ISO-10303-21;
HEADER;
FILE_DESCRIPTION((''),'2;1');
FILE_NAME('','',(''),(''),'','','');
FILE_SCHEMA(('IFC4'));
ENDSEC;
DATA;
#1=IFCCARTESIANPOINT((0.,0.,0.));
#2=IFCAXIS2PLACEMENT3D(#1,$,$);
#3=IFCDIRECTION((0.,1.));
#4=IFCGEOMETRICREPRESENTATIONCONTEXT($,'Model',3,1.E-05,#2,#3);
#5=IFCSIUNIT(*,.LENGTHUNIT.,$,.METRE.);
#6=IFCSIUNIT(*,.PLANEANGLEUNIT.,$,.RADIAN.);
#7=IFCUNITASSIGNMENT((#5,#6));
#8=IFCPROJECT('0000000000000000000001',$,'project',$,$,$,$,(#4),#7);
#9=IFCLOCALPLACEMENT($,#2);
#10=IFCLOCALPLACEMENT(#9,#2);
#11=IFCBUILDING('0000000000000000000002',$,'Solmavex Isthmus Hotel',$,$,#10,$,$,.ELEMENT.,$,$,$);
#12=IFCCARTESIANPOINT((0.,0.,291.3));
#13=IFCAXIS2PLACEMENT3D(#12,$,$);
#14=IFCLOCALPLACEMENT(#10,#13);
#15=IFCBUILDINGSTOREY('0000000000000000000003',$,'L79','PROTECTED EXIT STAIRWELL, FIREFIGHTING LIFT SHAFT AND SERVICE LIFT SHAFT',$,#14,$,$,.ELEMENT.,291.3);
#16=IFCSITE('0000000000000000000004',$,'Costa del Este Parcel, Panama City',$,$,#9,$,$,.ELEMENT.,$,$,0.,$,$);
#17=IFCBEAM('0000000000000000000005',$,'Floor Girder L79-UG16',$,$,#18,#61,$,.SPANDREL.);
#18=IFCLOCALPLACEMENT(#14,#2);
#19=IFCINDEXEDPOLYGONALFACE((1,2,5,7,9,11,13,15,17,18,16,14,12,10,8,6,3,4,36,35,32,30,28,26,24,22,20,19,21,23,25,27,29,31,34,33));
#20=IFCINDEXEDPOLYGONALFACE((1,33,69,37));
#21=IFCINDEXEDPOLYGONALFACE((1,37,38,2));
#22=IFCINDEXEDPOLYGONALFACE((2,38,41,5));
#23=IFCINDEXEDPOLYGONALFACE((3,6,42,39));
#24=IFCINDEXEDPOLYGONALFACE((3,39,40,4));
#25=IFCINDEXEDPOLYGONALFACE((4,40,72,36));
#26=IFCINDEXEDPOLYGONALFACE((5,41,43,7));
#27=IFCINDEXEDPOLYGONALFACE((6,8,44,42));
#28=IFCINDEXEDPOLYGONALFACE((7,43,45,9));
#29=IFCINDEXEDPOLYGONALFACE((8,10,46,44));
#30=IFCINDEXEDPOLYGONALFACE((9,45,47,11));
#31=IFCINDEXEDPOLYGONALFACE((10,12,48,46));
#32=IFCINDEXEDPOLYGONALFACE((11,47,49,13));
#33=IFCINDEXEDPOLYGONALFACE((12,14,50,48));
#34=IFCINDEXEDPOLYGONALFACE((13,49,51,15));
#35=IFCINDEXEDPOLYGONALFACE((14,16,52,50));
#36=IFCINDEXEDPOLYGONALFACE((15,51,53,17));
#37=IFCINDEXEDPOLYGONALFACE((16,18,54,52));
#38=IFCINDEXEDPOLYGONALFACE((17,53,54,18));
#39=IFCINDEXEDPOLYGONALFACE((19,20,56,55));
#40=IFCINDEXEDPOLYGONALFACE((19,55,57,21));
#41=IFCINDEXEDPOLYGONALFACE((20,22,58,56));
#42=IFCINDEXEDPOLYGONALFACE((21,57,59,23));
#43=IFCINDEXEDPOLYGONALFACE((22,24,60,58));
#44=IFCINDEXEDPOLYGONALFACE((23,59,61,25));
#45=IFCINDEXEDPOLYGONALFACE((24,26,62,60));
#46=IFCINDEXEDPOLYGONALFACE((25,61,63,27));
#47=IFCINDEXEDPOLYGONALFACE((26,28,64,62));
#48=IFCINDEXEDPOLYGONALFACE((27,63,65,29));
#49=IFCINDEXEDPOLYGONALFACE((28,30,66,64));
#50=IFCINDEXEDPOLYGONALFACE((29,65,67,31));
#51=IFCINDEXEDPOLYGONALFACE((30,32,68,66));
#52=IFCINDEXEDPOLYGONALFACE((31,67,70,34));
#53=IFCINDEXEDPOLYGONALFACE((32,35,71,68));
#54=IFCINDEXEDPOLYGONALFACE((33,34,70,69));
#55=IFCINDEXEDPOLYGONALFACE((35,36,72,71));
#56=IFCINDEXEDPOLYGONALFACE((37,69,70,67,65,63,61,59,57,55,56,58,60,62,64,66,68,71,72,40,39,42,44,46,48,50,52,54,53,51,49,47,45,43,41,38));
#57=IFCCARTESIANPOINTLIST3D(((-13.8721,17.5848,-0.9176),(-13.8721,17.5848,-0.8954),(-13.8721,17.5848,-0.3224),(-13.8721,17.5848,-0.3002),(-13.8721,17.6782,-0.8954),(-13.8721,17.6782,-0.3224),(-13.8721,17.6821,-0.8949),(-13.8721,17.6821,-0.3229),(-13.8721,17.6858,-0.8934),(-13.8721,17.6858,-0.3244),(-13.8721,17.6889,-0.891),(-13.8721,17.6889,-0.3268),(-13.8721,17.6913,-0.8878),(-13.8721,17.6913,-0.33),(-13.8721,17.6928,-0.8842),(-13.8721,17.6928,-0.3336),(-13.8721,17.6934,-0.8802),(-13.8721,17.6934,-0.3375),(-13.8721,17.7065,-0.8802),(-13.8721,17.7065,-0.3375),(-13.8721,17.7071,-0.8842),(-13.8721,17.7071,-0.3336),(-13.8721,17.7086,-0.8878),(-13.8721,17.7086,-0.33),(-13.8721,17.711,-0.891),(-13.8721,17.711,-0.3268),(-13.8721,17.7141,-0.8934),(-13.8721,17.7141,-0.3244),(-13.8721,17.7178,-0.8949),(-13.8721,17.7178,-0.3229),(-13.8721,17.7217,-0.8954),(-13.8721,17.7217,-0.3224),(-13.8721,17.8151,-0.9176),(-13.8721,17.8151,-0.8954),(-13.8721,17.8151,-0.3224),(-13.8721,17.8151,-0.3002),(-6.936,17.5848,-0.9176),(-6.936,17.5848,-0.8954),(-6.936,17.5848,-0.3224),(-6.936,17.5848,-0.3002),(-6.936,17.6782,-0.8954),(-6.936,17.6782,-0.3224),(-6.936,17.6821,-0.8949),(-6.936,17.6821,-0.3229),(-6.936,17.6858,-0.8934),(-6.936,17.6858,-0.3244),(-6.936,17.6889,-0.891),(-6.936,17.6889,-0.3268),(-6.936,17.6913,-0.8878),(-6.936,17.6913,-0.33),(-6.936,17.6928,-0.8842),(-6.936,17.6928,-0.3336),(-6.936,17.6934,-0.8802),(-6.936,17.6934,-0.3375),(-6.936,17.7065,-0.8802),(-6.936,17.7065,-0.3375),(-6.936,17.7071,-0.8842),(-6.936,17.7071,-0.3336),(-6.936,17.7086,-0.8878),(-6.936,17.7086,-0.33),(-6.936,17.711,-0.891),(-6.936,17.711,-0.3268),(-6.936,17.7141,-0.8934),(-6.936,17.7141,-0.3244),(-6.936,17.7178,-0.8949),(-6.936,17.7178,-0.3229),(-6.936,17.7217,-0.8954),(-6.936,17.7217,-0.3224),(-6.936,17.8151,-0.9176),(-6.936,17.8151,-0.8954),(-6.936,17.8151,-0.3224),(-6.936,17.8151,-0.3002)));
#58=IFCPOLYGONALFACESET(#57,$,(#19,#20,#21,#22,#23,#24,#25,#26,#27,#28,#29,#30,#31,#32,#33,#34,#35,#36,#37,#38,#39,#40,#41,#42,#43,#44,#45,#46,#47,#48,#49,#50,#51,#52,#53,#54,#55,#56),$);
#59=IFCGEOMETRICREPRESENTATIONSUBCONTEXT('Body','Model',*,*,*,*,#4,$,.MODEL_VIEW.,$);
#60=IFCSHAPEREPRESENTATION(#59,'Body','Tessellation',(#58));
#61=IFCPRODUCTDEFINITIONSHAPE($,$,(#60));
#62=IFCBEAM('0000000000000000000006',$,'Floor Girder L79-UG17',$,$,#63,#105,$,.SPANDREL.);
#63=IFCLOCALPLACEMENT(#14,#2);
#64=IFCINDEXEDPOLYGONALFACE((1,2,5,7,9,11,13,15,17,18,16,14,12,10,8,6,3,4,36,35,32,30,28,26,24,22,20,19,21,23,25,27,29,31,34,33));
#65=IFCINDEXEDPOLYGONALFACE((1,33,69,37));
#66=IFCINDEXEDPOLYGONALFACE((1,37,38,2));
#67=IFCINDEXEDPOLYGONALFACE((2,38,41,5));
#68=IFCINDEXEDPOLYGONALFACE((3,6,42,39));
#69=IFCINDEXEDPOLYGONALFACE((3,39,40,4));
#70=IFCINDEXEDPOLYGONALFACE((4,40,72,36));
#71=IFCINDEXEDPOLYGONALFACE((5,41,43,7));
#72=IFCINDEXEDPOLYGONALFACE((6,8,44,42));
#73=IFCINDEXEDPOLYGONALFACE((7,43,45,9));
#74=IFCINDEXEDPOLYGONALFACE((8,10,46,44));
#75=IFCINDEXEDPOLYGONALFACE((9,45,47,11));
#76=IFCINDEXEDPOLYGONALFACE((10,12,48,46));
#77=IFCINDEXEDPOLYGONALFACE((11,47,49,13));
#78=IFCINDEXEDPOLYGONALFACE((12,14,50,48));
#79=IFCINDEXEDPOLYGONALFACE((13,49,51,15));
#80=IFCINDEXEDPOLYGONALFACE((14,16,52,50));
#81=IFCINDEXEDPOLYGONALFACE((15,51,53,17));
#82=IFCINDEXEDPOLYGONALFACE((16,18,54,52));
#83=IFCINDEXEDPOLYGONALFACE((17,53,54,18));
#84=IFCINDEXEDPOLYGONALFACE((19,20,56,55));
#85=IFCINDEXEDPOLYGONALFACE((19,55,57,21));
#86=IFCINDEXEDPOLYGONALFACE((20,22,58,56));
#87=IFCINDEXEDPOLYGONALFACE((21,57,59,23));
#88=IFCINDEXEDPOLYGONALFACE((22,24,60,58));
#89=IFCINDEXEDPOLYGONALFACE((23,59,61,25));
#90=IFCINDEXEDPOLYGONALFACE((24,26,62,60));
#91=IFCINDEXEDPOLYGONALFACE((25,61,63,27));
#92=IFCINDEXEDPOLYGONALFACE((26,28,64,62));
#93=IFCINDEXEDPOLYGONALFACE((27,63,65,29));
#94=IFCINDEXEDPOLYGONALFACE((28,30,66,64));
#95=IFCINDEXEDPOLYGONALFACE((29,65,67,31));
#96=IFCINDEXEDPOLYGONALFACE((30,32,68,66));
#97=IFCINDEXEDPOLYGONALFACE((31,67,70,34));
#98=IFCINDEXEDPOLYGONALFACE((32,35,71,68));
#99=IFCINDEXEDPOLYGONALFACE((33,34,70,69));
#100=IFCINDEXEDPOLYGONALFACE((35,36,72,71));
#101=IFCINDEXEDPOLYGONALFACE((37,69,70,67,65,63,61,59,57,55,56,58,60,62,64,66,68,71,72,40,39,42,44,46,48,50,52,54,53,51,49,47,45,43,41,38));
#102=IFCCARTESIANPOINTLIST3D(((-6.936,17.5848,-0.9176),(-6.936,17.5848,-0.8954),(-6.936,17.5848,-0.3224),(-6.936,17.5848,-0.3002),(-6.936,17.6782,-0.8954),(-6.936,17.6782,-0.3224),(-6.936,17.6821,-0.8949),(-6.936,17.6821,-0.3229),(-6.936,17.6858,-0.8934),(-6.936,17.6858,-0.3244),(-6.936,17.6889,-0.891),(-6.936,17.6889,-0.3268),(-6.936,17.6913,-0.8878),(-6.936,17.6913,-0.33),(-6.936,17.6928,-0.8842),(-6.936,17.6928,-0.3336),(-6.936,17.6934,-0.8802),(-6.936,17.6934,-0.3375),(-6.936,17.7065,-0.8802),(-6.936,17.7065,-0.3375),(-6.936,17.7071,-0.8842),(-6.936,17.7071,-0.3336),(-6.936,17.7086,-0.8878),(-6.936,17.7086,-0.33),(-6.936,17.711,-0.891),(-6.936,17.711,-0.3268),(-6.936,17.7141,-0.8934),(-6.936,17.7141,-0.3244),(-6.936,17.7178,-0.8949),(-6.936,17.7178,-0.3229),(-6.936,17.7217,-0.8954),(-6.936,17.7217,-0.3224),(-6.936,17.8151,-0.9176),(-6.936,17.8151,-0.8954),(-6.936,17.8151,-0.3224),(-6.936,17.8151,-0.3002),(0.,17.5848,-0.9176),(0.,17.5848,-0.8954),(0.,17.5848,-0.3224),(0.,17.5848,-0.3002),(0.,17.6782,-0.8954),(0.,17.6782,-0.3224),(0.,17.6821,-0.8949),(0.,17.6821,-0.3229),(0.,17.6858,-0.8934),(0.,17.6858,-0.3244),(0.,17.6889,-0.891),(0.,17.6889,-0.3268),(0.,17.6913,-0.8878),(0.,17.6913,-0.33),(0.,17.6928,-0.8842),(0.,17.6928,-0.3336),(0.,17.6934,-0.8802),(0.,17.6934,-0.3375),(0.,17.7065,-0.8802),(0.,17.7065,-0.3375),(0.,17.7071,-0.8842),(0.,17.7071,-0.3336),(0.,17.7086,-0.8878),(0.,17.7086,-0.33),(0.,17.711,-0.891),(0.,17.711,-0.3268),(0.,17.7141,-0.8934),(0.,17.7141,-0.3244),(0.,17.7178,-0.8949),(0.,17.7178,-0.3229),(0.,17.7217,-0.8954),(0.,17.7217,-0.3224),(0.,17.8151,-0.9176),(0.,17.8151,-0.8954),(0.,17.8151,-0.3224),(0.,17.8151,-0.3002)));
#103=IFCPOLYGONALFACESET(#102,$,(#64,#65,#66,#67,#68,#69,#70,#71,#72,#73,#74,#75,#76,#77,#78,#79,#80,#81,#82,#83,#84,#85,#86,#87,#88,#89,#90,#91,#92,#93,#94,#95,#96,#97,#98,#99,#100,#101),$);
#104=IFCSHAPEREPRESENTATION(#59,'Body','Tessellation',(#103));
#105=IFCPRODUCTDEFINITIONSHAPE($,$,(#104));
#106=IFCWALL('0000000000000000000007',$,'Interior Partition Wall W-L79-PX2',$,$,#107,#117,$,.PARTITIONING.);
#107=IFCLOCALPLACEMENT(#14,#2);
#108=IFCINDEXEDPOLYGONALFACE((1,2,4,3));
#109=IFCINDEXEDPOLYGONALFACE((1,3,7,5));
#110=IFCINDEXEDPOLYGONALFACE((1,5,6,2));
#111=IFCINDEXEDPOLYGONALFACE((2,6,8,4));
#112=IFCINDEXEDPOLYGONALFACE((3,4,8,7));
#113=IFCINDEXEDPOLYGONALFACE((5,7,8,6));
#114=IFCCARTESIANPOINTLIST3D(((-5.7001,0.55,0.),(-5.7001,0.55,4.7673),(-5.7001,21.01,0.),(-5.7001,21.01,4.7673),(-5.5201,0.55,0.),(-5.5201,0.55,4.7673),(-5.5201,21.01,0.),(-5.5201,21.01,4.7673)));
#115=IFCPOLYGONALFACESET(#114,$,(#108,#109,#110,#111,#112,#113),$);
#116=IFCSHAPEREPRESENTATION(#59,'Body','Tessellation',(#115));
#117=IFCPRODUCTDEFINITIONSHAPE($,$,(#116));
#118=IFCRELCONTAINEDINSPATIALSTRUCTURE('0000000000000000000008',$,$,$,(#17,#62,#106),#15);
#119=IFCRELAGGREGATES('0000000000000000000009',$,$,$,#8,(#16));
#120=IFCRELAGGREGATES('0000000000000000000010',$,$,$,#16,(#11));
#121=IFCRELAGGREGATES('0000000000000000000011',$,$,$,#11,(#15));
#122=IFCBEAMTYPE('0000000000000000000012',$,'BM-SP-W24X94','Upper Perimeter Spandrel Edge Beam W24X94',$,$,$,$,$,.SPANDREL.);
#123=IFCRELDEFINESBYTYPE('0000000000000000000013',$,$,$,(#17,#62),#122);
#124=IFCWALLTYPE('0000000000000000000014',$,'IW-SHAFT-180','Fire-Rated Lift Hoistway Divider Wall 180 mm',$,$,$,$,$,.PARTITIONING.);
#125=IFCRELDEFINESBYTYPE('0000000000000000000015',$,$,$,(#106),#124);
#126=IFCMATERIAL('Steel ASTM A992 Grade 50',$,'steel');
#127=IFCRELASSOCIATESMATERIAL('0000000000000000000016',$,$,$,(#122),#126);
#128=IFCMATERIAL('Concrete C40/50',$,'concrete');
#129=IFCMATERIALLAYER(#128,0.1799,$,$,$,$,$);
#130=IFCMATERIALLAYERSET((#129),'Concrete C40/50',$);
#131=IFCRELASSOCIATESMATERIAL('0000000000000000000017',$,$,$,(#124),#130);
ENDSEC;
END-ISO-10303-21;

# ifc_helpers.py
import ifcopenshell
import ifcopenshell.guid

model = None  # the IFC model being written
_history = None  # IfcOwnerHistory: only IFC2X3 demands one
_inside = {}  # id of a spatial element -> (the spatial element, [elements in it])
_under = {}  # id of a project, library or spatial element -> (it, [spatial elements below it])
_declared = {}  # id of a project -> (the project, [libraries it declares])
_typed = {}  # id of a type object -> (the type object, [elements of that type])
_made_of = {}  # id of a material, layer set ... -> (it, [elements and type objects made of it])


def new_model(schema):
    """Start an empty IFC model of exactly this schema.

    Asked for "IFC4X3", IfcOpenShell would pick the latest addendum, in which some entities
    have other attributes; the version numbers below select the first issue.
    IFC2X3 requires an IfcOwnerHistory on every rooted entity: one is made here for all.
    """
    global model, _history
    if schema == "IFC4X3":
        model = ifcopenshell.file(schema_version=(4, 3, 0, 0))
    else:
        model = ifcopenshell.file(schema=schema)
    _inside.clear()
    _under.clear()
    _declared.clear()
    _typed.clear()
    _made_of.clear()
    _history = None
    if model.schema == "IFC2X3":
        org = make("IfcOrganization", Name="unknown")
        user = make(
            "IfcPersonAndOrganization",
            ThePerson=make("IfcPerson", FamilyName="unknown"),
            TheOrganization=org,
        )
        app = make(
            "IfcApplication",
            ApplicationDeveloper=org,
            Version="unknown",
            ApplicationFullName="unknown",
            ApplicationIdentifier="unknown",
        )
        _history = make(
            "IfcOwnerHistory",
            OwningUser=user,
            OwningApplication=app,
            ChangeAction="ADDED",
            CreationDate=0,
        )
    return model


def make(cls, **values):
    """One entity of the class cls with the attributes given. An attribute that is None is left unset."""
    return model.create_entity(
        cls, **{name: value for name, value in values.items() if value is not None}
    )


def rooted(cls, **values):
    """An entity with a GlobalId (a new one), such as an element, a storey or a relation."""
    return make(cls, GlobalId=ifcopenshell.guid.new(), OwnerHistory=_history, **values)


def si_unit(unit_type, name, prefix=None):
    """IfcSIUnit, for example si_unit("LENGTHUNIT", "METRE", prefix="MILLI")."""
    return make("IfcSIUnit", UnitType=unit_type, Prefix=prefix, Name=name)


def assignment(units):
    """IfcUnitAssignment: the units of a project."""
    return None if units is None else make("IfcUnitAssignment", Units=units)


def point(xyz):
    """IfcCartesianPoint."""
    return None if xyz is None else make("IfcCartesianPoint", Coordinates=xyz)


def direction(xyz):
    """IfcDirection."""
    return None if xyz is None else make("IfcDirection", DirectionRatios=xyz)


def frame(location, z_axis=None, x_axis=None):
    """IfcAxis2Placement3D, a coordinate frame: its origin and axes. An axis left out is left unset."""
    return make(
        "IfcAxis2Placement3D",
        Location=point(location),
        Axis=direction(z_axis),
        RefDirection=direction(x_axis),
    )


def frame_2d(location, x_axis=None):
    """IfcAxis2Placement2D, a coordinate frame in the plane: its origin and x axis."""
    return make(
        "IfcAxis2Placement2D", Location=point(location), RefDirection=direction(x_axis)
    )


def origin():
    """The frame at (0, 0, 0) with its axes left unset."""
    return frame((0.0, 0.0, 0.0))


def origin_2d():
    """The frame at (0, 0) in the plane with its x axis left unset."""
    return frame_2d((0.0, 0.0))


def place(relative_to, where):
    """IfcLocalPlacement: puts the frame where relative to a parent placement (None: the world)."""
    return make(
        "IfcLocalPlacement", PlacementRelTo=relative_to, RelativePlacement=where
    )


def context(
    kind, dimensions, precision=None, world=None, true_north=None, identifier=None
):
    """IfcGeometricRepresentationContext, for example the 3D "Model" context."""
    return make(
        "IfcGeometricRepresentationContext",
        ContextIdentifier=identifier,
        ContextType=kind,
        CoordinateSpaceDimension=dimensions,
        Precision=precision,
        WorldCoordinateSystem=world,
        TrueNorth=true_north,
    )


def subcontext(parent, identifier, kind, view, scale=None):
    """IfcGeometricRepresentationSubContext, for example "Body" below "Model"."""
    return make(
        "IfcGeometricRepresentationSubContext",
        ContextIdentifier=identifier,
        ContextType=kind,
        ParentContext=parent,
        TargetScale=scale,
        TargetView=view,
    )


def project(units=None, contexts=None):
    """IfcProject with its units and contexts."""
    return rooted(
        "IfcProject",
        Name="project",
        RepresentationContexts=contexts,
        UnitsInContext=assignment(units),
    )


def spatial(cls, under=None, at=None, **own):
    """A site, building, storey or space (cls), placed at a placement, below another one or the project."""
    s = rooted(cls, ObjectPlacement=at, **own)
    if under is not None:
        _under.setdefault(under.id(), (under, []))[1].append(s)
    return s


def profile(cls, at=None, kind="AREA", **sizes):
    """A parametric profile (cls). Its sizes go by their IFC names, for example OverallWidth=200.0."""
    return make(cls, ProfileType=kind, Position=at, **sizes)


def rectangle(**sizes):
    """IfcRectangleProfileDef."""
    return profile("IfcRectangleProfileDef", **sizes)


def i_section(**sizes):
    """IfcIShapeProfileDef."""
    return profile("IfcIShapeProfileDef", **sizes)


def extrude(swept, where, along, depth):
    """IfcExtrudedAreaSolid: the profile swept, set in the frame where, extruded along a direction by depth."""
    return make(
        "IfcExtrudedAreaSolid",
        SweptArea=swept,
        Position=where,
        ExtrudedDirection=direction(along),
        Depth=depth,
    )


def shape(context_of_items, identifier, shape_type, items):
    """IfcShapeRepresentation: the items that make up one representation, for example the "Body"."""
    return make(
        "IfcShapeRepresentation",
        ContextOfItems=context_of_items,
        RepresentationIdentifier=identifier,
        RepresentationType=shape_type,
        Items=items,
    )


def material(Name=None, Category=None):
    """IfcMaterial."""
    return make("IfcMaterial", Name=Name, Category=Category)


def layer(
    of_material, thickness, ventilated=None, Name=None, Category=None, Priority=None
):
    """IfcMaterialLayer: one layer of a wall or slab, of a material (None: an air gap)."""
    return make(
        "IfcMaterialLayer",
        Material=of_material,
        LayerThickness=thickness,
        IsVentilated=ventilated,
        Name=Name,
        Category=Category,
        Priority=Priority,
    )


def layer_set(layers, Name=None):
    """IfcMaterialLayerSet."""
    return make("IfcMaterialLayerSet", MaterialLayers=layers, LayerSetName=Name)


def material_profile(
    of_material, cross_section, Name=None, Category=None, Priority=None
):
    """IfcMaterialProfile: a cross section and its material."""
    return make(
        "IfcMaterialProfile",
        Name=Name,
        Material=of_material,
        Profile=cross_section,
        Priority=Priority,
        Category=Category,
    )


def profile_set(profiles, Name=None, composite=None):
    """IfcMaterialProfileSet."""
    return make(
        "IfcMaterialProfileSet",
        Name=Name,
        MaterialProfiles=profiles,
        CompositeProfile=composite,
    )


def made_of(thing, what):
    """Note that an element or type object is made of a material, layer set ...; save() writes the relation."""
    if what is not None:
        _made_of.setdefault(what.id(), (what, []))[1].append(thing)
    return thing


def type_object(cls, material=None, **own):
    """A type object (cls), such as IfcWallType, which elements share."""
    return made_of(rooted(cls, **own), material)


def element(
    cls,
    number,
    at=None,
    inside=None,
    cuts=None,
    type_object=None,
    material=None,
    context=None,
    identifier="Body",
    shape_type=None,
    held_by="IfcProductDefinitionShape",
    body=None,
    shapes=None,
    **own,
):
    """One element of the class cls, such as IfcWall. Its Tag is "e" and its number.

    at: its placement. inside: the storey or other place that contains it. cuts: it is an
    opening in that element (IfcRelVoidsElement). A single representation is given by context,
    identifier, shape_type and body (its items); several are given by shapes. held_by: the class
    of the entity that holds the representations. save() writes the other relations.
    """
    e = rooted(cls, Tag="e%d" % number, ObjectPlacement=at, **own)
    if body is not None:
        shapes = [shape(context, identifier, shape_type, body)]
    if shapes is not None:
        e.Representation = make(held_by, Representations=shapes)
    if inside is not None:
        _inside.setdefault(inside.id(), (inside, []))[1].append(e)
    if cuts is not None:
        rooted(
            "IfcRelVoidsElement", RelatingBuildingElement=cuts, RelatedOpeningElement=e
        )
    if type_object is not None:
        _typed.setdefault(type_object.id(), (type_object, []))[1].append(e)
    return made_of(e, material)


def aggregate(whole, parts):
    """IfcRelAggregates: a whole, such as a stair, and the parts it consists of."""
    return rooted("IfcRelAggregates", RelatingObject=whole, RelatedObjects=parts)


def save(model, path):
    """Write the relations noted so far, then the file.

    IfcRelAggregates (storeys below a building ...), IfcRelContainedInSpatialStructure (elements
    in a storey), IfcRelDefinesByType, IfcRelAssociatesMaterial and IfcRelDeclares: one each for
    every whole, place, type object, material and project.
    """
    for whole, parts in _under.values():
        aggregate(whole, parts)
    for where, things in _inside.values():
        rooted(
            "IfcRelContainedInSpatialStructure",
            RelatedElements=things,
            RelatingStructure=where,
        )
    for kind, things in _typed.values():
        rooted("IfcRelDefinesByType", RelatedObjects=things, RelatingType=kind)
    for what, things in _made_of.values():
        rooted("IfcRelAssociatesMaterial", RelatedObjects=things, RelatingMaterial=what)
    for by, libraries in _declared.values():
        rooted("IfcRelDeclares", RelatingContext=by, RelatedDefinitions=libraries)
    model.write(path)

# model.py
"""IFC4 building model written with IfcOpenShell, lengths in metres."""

from ifc_helpers import new_model, si_unit, direction, frame, frame_2d, origin, origin_2d, place, context, subcontext, project, spatial, rectangle, i_section, extrude, material, layer, layer_set, material_profile, profile_set, type_object, element, save


model = new_model("IFC4")

# Units and contexts
model_context = context("Model", 3, precision=1e-05, world=origin(), true_north=direction((0.0, 1.0)))
body_context = subcontext(model_context, "Body", "Model", "MODEL_VIEW")
ifc_project = project(units=[si_unit("LENGTHUNIT", "METRE"), si_unit("PLANEANGLEUNIT", "RADIAN")], contexts=[model_context])

# Site, building, storey
site_placement = place(None, origin())
site = spatial("IfcSite", under=ifc_project, at=site_placement, Name="Costa del Este Parcel, Panama City", CompositionType="ELEMENT", RefElevation=0.0)
building_placement = place(site_placement, origin())
building = spatial("IfcBuilding", under=site, at=building_placement, Name="Solmavex Isthmus Hotel", CompositionType="ELEMENT")
storey_placement = place(building_placement, frame((0.0, 0.0, 291.3)))
storey = spatial("IfcBuildingStorey", under=building, at=storey_placement, Name="L79", Description="PROTECTED EXIT STAIRWELL, FIREFIGHTING LIFT SHAFT AND SERVICE LIFT SHAFT", CompositionType="ELEMENT", Elevation=291.3)

# Beams
ifc_material_1 = material(Name="Steel ASTM A992 Grade 50", Category="steel")
ifc_material_profile_1 = material_profile(ifc_material_1, i_section(OverallWidth=0.2302, OverallDepth=0.6174, WebThickness=0.0132, FlangeThickness=0.0222, FilletRadius=0.0151, at=origin_2d()), Name="W24X94")
ifc_profile_set_1 = profile_set([ifc_material_profile_1], Name="Steel ASTM A992 Grade 50")
beam_type_1 = type_object("IfcBeamType", Name="BM-SP-W24X94", Description="Upper Perimeter Spandrel Edge Beam W24X94", PredefinedType="SPANDREL", material=ifc_profile_set_1)
for number, where, z_axis, x_axis, name in (
    (1, (-13.8721, 17.7, -0.6089), (1.0, 0.0, 0.0), (0.0, 1.0, 0.0), "Floor Girder L79-UG16"),
    (2, (-6.936, 17.7, -0.6089), (1.0, 0.0, 0.0), (0.0, 1.0, 0.0), "Floor Girder L79-UG17"),
):
    element("IfcBeam", number, at=place(storey_placement, frame(where, z_axis=z_axis, x_axis=x_axis)), inside=storey, type_object=beam_type_1, Name=name, PredefinedType="SPANDREL", context=body_context, shape_type="SweptSolid", body=[
        extrude(i_section(OverallWidth=0.2302, OverallDepth=0.6174, WebThickness=0.0132, FlangeThickness=0.0222, FilletRadius=0.0151, at=origin_2d()), origin(), (0.0, 0.0, 1.0), 6.936),
    ])

# Wall
ifc_material_2 = material(Name="Concrete C40/50", Category="concrete")
ifc_layer = layer(ifc_material_2, 0.1799)
ifc_layer_set = layer_set([ifc_layer], Name="Concrete C40/50")
wall_type = type_object("IfcWallType", Name="IW-SHAFT-180", Description="Fire-Rated Lift Hoistway Divider Wall 180 mm", PredefinedType="PARTITIONING", material=ifc_layer_set)
wall_placement = place(storey_placement, frame((-5.6101, 0.55, 0.0), z_axis=(0.0, 0.0, 1.0), x_axis=(0.0, 1.0, 0.0)))
element("IfcWall", 3, at=wall_placement, inside=storey, type_object=wall_type, Name="Interior Partition Wall W-L79-PX2", PredefinedType="PARTITIONING", context=body_context, shape_type="SweptSolid", body=[
    extrude(rectangle(XDim=20.46, YDim=0.1799, at=frame_2d((10.23, 0.0))), origin(), (0.0, 0.0, 1.0), 4.7673),
])

save(model, "model.ifc")
